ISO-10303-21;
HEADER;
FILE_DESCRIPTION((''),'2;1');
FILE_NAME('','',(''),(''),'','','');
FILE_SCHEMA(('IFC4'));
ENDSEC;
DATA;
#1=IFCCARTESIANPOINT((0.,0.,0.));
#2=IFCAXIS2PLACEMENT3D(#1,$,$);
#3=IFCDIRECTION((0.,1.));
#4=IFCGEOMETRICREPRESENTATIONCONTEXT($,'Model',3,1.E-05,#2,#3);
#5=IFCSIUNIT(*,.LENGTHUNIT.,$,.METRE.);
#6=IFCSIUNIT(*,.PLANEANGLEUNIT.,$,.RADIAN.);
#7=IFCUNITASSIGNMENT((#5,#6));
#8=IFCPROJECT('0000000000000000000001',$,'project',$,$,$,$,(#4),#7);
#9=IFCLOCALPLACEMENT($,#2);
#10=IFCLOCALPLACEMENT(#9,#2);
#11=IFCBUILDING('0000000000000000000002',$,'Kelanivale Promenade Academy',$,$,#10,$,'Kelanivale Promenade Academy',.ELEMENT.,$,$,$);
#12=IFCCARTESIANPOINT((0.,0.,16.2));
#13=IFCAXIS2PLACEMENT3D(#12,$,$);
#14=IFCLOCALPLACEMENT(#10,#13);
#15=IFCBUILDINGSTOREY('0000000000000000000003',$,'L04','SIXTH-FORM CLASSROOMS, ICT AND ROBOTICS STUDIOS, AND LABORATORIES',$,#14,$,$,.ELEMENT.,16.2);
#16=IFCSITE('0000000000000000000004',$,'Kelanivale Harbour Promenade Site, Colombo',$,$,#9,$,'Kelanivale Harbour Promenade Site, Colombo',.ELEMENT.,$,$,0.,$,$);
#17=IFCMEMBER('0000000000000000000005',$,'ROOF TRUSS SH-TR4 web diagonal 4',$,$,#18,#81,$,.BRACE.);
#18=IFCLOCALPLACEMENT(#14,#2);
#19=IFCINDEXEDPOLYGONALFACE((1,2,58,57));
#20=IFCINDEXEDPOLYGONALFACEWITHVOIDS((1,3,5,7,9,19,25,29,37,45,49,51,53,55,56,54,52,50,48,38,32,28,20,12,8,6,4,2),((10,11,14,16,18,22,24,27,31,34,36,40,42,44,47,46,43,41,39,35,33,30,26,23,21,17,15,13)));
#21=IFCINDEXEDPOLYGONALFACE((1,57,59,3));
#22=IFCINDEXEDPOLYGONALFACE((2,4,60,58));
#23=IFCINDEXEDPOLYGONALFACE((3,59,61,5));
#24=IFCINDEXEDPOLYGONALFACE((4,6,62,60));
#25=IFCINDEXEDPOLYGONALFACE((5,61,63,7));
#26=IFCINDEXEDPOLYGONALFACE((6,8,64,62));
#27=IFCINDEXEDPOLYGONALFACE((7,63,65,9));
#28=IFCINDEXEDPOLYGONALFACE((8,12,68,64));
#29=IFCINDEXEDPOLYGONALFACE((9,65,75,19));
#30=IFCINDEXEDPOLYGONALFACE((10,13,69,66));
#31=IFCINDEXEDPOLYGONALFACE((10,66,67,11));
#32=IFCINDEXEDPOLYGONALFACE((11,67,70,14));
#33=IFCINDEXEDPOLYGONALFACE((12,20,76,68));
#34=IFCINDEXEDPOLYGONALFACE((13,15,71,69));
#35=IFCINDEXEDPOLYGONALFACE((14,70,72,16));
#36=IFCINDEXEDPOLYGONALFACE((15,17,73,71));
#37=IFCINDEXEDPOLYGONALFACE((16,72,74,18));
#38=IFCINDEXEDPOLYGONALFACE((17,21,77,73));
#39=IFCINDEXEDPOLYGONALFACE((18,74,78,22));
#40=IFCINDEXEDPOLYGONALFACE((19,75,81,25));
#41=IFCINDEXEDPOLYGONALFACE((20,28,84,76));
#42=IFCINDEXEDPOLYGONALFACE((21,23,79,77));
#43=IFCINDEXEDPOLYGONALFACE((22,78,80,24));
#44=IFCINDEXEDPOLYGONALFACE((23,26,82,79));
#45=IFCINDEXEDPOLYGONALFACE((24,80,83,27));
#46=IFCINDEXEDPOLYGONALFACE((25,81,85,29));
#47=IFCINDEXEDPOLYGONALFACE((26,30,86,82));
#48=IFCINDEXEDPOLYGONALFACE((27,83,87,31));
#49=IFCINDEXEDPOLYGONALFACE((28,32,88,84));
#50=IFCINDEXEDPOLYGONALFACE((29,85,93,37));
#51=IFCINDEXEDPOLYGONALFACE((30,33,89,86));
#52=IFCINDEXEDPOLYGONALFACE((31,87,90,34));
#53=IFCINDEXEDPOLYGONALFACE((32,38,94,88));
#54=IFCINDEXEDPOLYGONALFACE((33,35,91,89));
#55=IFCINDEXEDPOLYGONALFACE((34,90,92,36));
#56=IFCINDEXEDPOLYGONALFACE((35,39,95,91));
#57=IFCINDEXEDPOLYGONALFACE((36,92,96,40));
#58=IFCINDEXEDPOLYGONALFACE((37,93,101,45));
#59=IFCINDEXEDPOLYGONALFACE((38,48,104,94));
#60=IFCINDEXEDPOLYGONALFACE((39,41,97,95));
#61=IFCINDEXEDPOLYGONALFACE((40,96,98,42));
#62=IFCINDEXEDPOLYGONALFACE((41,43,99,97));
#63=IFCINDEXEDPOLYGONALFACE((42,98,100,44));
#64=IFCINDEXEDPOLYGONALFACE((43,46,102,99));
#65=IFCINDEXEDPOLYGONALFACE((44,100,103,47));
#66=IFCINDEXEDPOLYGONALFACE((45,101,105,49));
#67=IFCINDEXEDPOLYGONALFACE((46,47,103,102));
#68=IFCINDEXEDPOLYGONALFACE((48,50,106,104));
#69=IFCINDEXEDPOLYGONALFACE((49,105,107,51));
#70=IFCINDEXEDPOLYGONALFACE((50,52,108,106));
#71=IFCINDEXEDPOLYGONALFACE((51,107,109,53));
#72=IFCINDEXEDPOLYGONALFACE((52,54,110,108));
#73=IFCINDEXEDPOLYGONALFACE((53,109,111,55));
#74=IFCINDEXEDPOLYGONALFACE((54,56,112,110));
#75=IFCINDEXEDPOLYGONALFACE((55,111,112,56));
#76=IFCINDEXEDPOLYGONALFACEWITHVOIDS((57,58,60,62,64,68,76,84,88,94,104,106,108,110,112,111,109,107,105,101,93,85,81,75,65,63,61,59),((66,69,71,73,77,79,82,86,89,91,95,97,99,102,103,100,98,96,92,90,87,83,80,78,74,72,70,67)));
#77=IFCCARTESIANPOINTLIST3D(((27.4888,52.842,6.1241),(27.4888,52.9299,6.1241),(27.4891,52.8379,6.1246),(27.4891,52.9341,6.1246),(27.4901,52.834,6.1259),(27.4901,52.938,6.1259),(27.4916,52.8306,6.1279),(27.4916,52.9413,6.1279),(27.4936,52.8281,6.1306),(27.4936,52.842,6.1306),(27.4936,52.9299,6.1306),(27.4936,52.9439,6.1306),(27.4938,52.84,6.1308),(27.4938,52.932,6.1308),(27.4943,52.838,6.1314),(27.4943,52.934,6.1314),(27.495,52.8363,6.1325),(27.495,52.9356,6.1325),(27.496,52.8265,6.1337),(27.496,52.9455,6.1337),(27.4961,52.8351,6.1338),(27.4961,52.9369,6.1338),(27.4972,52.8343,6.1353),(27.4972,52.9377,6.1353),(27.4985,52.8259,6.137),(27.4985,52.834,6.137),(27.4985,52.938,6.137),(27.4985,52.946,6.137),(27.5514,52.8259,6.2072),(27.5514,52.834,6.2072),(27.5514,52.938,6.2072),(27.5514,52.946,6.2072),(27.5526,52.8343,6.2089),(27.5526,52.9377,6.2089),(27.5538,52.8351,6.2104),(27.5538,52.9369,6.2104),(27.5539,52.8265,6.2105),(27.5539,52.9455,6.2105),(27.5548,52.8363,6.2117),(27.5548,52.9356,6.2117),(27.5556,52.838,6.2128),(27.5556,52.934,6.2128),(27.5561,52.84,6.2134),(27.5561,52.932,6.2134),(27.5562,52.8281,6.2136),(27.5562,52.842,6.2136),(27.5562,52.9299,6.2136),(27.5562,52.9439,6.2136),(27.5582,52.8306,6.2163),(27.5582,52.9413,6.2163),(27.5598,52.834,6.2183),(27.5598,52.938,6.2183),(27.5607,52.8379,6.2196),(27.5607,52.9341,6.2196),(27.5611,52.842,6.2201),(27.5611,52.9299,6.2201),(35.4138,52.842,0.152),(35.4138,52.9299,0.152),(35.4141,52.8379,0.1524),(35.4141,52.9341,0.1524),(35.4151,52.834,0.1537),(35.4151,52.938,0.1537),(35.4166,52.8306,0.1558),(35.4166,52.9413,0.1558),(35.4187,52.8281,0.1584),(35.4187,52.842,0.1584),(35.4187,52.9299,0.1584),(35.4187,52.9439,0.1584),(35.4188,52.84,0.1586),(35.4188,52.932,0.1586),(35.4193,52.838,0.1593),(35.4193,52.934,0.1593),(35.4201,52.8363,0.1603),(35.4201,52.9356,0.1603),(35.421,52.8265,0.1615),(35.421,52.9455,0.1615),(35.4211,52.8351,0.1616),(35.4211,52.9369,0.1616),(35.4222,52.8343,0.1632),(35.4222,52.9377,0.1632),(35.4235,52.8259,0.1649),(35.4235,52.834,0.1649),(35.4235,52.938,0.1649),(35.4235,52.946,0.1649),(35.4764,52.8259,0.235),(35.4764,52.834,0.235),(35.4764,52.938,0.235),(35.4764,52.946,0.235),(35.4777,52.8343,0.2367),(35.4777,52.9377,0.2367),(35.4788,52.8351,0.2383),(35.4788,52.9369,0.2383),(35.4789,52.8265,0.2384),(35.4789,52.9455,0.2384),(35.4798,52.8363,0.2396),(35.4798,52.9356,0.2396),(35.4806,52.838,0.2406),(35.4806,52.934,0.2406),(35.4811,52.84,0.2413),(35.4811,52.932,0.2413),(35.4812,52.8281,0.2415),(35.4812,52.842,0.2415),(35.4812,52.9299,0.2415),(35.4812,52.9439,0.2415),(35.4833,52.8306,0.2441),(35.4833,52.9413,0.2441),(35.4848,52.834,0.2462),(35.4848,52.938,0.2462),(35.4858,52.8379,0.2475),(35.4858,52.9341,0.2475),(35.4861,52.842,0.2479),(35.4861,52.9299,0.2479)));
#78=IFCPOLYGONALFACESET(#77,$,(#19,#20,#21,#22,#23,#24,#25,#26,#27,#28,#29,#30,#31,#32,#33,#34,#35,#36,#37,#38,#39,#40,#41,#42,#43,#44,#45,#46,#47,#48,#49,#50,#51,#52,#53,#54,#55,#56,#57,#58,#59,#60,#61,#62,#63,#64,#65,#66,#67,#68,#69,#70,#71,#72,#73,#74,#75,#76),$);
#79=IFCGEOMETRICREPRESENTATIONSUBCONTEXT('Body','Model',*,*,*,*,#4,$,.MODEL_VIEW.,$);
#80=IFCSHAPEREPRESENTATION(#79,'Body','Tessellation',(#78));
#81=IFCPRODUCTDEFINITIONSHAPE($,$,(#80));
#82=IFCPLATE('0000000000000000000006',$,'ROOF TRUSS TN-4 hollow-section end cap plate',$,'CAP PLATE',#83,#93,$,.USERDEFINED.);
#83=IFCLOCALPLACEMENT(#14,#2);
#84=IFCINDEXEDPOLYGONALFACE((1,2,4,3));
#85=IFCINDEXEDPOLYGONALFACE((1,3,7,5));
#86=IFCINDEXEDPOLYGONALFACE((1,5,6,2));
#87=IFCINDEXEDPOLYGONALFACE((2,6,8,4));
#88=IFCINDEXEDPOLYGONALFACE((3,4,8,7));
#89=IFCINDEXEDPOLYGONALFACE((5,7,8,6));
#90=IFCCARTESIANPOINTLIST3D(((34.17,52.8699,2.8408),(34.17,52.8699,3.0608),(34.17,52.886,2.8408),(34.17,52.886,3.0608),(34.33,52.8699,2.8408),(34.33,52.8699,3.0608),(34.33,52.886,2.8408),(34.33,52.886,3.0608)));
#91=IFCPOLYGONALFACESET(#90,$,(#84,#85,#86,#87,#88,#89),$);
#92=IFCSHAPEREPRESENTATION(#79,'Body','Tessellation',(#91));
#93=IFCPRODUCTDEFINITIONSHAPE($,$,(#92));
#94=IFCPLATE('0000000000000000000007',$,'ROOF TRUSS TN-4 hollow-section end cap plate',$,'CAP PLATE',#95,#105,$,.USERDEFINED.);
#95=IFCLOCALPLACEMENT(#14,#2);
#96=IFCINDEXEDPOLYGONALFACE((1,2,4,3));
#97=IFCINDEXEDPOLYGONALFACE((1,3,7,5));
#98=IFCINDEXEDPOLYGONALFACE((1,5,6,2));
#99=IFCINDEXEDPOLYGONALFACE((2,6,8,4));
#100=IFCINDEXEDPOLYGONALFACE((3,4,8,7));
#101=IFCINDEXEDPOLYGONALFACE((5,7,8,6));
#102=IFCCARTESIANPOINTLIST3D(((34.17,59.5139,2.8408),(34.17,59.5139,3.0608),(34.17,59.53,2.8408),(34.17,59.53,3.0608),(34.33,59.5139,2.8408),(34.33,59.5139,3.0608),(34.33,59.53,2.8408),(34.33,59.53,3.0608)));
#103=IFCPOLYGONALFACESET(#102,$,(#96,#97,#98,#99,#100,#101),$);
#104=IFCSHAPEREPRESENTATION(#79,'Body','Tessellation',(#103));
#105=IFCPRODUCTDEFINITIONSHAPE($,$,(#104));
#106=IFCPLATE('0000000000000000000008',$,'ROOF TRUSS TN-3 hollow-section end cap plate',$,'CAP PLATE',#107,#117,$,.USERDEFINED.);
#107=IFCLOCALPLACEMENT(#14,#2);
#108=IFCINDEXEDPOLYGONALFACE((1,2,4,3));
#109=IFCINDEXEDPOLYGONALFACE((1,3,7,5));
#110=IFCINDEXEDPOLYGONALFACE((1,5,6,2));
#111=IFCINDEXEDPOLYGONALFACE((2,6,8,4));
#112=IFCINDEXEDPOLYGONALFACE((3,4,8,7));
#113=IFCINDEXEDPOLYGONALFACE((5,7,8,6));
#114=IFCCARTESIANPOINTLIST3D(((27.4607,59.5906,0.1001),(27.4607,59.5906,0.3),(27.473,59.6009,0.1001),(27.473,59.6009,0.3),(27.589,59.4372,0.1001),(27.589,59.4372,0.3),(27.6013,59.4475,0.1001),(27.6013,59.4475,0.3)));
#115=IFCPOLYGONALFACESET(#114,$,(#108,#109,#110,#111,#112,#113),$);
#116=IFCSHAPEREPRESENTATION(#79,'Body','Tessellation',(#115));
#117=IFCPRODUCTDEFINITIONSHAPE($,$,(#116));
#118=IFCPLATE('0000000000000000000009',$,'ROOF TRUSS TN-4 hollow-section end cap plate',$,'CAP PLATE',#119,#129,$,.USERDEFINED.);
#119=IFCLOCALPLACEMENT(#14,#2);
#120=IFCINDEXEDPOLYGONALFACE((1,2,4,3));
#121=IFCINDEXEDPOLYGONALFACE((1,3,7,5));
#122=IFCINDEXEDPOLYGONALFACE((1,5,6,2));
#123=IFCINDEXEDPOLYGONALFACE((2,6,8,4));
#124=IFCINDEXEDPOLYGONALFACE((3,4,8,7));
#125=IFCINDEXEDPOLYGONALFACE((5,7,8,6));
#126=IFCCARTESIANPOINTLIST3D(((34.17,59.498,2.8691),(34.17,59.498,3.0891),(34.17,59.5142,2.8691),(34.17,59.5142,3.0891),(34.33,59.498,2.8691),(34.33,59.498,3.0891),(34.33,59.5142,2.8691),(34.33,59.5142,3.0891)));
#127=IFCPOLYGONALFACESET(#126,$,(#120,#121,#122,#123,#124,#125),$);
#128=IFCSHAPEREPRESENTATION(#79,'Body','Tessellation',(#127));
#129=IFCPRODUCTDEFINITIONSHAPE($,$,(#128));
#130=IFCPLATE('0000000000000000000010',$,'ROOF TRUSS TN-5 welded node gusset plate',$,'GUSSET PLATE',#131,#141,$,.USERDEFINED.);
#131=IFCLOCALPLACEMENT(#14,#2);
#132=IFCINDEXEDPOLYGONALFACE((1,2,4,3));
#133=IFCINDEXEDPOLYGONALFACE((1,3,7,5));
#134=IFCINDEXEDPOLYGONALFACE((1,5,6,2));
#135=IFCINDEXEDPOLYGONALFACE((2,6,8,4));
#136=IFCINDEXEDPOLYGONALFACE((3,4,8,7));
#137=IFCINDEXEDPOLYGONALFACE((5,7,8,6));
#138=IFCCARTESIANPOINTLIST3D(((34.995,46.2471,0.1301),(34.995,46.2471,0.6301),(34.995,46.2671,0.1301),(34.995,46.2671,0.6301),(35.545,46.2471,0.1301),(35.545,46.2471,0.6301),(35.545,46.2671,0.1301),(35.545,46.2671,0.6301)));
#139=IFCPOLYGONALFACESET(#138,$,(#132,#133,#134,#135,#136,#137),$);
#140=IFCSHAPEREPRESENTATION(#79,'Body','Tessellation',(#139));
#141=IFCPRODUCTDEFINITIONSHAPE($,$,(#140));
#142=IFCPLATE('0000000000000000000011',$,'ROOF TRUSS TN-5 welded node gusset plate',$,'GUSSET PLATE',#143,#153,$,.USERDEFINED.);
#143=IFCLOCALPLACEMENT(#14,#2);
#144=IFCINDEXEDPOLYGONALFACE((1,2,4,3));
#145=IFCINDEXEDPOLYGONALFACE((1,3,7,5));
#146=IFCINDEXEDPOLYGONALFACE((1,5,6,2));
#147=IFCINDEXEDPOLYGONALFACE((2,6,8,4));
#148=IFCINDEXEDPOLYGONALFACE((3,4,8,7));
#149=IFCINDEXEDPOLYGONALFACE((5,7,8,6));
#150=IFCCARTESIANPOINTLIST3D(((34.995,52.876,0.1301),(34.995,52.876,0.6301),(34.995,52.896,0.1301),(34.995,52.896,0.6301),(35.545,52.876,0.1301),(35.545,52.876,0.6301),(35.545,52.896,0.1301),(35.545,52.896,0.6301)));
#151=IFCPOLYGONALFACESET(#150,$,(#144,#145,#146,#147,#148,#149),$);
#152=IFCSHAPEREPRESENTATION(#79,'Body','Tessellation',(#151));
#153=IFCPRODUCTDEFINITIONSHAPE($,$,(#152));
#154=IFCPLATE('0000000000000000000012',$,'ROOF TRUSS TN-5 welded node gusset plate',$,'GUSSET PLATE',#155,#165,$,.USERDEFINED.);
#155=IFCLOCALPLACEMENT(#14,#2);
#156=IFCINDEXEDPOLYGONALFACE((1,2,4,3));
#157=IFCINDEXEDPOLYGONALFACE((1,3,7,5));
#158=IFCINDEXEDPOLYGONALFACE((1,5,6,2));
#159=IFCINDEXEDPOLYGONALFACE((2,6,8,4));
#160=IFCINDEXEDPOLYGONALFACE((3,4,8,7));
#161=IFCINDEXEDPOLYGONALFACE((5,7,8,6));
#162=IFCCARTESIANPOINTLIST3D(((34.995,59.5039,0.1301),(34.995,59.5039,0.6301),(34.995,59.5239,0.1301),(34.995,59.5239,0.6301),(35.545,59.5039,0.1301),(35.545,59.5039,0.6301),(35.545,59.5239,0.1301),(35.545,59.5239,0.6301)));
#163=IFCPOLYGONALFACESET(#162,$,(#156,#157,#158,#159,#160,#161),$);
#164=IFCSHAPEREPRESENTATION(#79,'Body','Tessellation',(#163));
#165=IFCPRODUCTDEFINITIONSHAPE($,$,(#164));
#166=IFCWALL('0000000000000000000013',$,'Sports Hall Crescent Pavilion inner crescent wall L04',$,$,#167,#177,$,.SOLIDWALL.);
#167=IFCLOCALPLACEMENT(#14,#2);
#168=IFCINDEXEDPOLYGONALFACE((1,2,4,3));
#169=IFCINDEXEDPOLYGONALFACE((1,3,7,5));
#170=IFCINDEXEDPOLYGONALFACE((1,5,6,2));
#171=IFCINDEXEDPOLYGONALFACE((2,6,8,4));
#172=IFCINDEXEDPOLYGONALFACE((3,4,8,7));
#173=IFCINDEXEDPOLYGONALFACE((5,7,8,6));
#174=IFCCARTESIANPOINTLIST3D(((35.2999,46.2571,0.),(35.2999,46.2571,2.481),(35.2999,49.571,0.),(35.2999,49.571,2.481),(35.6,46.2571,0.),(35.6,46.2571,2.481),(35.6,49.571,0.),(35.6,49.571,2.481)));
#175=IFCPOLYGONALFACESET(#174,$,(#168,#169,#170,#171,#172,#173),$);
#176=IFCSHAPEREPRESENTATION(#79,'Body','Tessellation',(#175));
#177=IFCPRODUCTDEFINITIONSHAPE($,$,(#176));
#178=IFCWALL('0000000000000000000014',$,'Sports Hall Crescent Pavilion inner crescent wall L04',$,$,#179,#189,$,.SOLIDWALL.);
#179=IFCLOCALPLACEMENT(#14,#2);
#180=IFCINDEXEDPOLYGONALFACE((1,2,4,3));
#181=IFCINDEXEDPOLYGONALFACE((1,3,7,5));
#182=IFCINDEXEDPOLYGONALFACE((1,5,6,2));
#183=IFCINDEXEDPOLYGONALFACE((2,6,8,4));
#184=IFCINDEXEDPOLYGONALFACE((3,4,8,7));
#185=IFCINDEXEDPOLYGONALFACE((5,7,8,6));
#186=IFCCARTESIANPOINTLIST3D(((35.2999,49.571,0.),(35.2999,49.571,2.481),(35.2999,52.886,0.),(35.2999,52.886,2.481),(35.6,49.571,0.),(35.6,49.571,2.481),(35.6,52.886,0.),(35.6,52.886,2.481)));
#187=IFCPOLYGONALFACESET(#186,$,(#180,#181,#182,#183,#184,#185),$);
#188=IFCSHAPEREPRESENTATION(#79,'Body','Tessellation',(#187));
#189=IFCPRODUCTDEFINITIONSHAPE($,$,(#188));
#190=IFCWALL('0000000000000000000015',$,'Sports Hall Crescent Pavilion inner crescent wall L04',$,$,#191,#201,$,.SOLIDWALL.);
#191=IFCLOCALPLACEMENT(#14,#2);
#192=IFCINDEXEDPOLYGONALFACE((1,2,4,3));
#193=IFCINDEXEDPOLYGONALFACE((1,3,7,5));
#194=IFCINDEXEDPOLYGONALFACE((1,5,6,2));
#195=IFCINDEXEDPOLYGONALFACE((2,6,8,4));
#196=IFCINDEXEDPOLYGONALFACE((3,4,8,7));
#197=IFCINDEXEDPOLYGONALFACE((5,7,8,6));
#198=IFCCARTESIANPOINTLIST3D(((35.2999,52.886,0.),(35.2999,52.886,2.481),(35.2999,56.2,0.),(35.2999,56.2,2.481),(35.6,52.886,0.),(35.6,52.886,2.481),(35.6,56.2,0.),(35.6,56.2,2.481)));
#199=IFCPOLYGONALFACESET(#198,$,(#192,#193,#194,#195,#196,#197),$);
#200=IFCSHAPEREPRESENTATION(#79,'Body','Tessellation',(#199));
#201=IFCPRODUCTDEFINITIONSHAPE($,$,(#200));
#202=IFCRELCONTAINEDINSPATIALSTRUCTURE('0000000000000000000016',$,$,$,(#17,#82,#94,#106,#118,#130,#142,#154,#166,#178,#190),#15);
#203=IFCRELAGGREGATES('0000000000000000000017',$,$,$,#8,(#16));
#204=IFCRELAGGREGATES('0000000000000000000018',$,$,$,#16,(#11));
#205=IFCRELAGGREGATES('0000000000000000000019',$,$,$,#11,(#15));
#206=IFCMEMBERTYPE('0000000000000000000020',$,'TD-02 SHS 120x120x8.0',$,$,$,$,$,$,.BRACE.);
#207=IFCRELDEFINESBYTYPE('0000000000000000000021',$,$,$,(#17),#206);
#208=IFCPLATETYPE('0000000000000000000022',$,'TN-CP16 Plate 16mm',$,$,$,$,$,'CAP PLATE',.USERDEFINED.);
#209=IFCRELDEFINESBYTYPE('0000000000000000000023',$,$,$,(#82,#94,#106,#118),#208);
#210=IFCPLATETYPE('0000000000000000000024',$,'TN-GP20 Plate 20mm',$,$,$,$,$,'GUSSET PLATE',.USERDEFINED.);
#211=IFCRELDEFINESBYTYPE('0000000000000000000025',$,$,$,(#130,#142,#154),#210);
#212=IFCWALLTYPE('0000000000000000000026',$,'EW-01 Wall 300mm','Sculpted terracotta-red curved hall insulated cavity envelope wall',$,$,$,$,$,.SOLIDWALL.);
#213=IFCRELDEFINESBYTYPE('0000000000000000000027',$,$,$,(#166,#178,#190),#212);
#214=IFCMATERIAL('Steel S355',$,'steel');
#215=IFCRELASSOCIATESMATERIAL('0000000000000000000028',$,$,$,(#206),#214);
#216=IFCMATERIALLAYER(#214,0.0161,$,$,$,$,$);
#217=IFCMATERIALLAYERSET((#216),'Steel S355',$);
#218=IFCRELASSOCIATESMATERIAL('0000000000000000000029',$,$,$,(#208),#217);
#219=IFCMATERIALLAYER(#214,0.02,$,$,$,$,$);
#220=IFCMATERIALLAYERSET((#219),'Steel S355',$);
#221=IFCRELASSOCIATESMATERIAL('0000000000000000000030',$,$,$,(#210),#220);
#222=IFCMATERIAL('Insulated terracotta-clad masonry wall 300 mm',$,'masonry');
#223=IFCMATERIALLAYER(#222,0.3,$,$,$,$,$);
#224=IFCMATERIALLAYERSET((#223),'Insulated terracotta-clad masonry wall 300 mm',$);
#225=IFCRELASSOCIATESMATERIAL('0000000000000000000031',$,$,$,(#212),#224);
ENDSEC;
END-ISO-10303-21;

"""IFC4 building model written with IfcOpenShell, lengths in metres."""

from ifc_helpers import new_model, si_unit, direction, frame, frame_2d, origin, origin_2d, place, context, subcontext, project, spatial, rectangle, hollow_rectangle, extrude, material, layer, layer_set, material_profile, profile_set, type_object, element, save


model = new_model("IFC4")

# Units and contexts
model_context = context("Model", 3, precision=1e-05, world=origin(), true_north=direction((0.0, 1.0)))
body_context = subcontext(model_context, "Body", "Model", "MODEL_VIEW")
ifc_project = project(units=[si_unit("LENGTHUNIT", "METRE"), si_unit("PLANEANGLEUNIT", "RADIAN")], contexts=[model_context])

# Site, building, storey
site_placement = place(None, origin())
site = spatial("IfcSite", under=ifc_project, at=site_placement, Name="Kelanivale Harbour Promenade Site, Colombo", LongName="Kelanivale Harbour Promenade Site, Colombo", CompositionType="ELEMENT", RefElevation=0.0)
building_placement = place(site_placement, origin())
building = spatial("IfcBuilding", under=site, at=building_placement, Name="Kelanivale Promenade Academy", LongName="Kelanivale Promenade Academy", CompositionType="ELEMENT")
storey_placement = place(building_placement, frame((0.0, 0.0, 16.2)))
storey = spatial("IfcBuildingStorey", under=building, at=storey_placement, Name="L04", Description="SIXTH-FORM CLASSROOMS, ICT AND ROBOTICS STUDIOS, AND LABORATORIES", CompositionType="ELEMENT", Elevation=16.2)

# Shared definitions
ifc_material_1 = material(Name="Steel S355", Category="steel")

# Member
ifc_material_profile_1 = material_profile(ifc_material_1, hollow_rectangle(XDim=0.1201, YDim=0.1201, WallThickness=0.0081, InnerFilletRadius=0.0081, OuterFilletRadius=0.0161, at=origin_2d()), Name="SHS 120x120x8.0")
ifc_profile_set_1 = profile_set([ifc_material_profile_1], Name="Steel S355")
member_type_1 = type_object("IfcMemberType", Name="TD-02 SHS 120x120x8.0", PredefinedType="BRACE", material=ifc_profile_set_1)
member_1_placement = place(storey_placement, frame((35.45, 52.886, 0.2), z_axis=(-0.798625, 0.0, 0.601829), x_axis=(0.0, -1.0, 0.0)))
element("IfcMember", 1, at=member_1_placement, inside=storey, type_object=member_type_1, Name="ROOF TRUSS SH-TR4 web diagonal 4", PredefinedType="BRACE", context=body_context, shape_type="SweptSolid", body=[
    extrude(hollow_rectangle(XDim=0.1201, YDim=0.1201, WallThickness=0.0081, InnerFilletRadius=0.0081, OuterFilletRadius=0.0161, at=origin_2d()), origin(), (0.0, 0.0, 1.0), 9.9233),
])

# Plates
ifc_layer_1 = layer(ifc_material_1, 0.0161)
ifc_layer_set_1 = layer_set([ifc_layer_1], Name="Steel S355")
plate_type_1 = type_object("IfcPlateType", Name="TN-CP16 Plate 16mm", ElementType="CAP PLATE", PredefinedType="USERDEFINED", material=ifc_layer_set_1)
for number, where, z_axis, x_axis, name in (
    (2, (34.25, 52.8779, 2.8408), (0.0, 0.0, 1.0), (0.0, -1.0, 0.0), "ROOF TRUSS TN-4 hollow-section end cap plate"),
    (3, (34.25, 59.522, 2.8408), (0.0, 0.0, 1.0), (0.0, 1.0, 0.0), "ROOF TRUSS TN-4 hollow-section end cap plate"),
):
    element("IfcPlate", number, at=place(storey_placement, frame(where, z_axis=z_axis, x_axis=x_axis)), inside=storey, type_object=plate_type_1, Name=name, ObjectType="CAP PLATE", PredefinedType="USERDEFINED", context=body_context, shape_type="SweptSolid", body=[
        extrude(rectangle(XDim=0.0161, YDim=0.1599, at=origin_2d()), origin(), (0.0, 0.0, 1.0), 0.22),
    ])
plate_1_placement = place(storey_placement, frame((27.531, 59.519, 0.1001), z_axis=(0.0, 0.0, 1.0), x_axis=(0.767053, 0.641584, 0.0)))
element("IfcPlate", 4, at=plate_1_placement, inside=storey, type_object=plate_type_1, Name="ROOF TRUSS TN-3 hollow-section end cap plate", ObjectType="CAP PLATE", PredefinedType="USERDEFINED", context=body_context, shape_type="SweptSolid", body=[
    extrude(rectangle(XDim=0.0161, YDim=0.2, at=origin_2d()), origin(), (0.0, 0.0, 1.0), 0.2),
])
plate_2_placement = place(storey_placement, frame((34.25, 59.5061, 2.8691), z_axis=(0.0, 0.0, 1.0), x_axis=(0.0, -1.0, 0.0)))
element("IfcPlate", 5, at=plate_2_placement, inside=storey, type_object=plate_type_1, Name="ROOF TRUSS TN-4 hollow-section end cap plate", ObjectType="CAP PLATE", PredefinedType="USERDEFINED", context=body_context, shape_type="SweptSolid", body=[
    extrude(rectangle(XDim=0.0161, YDim=0.1599, at=origin_2d()), origin(), (0.0, 0.0, 1.0), 0.22),
])
ifc_layer_2 = layer(ifc_material_1, 0.02)
ifc_layer_set_2 = layer_set([ifc_layer_2], Name="Steel S355")
plate_type_2 = type_object("IfcPlateType", Name="TN-GP20 Plate 20mm", ElementType="GUSSET PLATE", PredefinedType="USERDEFINED", material=ifc_layer_set_2)
for number, where, z_axis, x_axis, name in (
    (6, (35.27, 46.2571, 0.1301), (0.0, 0.0, 1.0), (1.0, 0.0, 0.0), "ROOF TRUSS TN-5 welded node gusset plate"),
    (7, (35.27, 52.886, 0.1301), (0.0, 0.0, 1.0), (1.0, 0.0, 0.0), "ROOF TRUSS TN-5 welded node gusset plate"),
    (8, (35.27, 59.5139, 0.1301), (0.0, 0.0, 1.0), (1.0, 0.0, 0.0), "ROOF TRUSS TN-5 welded node gusset plate"),
):
    element("IfcPlate", number, at=place(storey_placement, frame(where, z_axis=z_axis, x_axis=x_axis)), inside=storey, type_object=plate_type_2, Name=name, ObjectType="GUSSET PLATE", PredefinedType="USERDEFINED", context=body_context, shape_type="SweptSolid", body=[
        extrude(rectangle(XDim=0.55, YDim=0.02, at=origin_2d()), origin(), (0.0, 0.0, 1.0), 0.5),
    ])

# Walls
ifc_material_2 = material(Name="Insulated terracotta-clad masonry wall 300 mm", Category="masonry")
ifc_layer_3 = layer(ifc_material_2, 0.3)
ifc_layer_set_3 = layer_set([ifc_layer_3], Name="Insulated terracotta-clad masonry wall 300 mm")
wall_type = type_object("IfcWallType", Name="EW-01 Wall 300mm", Description="Sculpted terracotta-red curved hall insulated cavity envelope wall", PredefinedType="SOLIDWALL", material=ifc_layer_set_3)
wall_1_placement = place(storey_placement, frame((35.45, 46.2571, 0.0), z_axis=(0.0, 0.0, 1.0), x_axis=(0.0, 1.0, 0.0)))
element("IfcWall", 9, at=wall_1_placement, inside=storey, type_object=wall_type, Name="Sports Hall Crescent Pavilion inner crescent wall L04", PredefinedType="SOLIDWALL", context=body_context, shape_type="SweptSolid", body=[
    extrude(rectangle(XDim=3.314, YDim=0.3, at=frame_2d((1.657, 0.0))), origin(), (0.0, 0.0, 1.0), 2.481),
])
wall_2_placement = place(storey_placement, frame((35.45, 49.571, 0.0), z_axis=(0.0, 0.0, 1.0), x_axis=(0.0, 1.0, 0.0)))
element("IfcWall", 10, at=wall_2_placement, inside=storey, type_object=wall_type, Name="Sports Hall Crescent Pavilion inner crescent wall L04", PredefinedType="SOLIDWALL", context=body_context, shape_type="SweptSolid", body=[
    extrude(rectangle(XDim=3.3149, YDim=0.3, at=frame_2d((1.6575, 0.0))), origin(), (0.0, 0.0, 1.0), 2.481),
])
for number, where, z_axis, x_axis, name in (
    (11, (35.45, 52.886, 0.0), (0.0, 0.0, 1.0), (0.0, 1.0, 0.0), "Sports Hall Crescent Pavilion inner crescent wall L04"),
):
    element("IfcWall", number, at=place(storey_placement, frame(where, z_axis=z_axis, x_axis=x_axis)), inside=storey, type_object=wall_type, Name=name, PredefinedType="SOLIDWALL", context=body_context, shape_type="SweptSolid", body=[
        extrude(rectangle(XDim=3.314, YDim=0.3, at=frame_2d((1.657, 0.0))), origin(), (0.0, 0.0, 1.0), 2.481),
    ])

save(model, "model.ifc")
